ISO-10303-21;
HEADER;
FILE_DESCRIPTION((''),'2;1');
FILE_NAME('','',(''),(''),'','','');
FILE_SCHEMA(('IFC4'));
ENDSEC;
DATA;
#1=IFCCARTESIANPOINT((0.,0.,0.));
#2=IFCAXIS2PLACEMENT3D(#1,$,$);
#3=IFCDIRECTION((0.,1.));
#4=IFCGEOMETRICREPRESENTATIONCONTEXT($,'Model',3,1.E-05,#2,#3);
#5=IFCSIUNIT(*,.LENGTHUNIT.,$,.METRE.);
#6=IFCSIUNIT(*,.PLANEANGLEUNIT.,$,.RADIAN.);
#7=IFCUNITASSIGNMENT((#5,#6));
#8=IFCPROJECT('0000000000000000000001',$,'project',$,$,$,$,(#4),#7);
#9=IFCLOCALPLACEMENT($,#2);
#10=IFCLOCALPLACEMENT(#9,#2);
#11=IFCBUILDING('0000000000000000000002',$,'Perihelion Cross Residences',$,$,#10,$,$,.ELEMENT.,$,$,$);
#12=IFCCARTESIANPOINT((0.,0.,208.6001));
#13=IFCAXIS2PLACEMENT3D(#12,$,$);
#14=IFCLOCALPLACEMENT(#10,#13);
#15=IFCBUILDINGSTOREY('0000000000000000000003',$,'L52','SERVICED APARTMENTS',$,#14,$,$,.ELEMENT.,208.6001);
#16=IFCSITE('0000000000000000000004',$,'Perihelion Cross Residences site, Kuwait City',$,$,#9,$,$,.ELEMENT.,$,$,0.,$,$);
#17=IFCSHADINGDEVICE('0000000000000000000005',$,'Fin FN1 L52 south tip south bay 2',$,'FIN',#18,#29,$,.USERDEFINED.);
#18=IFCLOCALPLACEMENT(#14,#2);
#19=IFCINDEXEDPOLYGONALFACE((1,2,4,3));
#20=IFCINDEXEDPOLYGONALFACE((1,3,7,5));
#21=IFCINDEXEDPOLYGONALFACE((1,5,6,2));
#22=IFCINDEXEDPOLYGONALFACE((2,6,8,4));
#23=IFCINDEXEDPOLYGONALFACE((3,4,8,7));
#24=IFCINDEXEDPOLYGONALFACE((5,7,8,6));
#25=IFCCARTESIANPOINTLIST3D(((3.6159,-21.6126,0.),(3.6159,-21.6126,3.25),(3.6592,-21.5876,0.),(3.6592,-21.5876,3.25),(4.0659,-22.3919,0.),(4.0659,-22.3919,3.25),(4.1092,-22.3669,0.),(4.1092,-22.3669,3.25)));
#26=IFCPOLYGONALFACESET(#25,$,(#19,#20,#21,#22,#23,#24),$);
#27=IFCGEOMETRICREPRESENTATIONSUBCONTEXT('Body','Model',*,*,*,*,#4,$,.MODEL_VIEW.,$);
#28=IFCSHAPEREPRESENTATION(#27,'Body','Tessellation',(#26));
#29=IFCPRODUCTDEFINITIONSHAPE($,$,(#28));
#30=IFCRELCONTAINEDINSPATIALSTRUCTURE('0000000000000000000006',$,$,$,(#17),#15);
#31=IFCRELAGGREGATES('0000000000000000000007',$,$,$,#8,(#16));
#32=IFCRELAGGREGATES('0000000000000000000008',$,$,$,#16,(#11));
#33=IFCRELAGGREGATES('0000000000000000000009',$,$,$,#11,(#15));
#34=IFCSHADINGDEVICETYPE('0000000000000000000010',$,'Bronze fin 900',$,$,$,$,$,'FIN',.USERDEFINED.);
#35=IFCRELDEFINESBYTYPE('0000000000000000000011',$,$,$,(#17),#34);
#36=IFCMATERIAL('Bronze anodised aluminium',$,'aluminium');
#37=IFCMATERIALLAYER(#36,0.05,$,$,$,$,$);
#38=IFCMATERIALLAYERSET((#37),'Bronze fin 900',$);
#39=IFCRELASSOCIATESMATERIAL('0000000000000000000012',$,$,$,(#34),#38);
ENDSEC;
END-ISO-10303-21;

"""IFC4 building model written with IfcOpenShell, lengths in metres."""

from ifc_helpers import new_model, si_unit, direction, frame, origin, origin_2d, place, context, subcontext, project, spatial, rectangle, extrude, material, layer, layer_set, type_object, element, save


model = new_model("IFC4")

# Units and contexts
model_context = context("Model", 3, precision=1e-05, world=origin(), true_north=direction((0.0, 1.0)))
body_context = subcontext(model_context, "Body", "Model", "MODEL_VIEW")
ifc_project = project(units=[si_unit("LENGTHUNIT", "METRE"), si_unit("PLANEANGLEUNIT", "RADIAN")], contexts=[model_context])

# Site, building, storey
site_placement = place(None, origin())
site = spatial("IfcSite", under=ifc_project, at=site_placement, Name="Perihelion Cross Residences site, Kuwait City", CompositionType="ELEMENT", RefElevation=0.0)
building_placement = place(site_placement, origin())
building = spatial("IfcBuilding", under=site, at=building_placement, Name="Perihelion Cross Residences", CompositionType="ELEMENT")
storey_placement = place(building_placement, frame((0.0, 0.0, 208.6001)))
storey = spatial("IfcBuildingStorey", under=building, at=storey_placement, Name="L52", Description="SERVICED APARTMENTS", CompositionType="ELEMENT", Elevation=208.6001)

# Shading device
ifc_material_1 = material(Name="Bronze anodised aluminium", Category="aluminium")
ifc_layer_1 = layer(ifc_material_1, 0.05)
ifc_layer_set_1 = layer_set([ifc_layer_1], Name="Bronze fin 900")
shading_device_type = type_object("IfcShadingDeviceType", Name="Bronze fin 900", ElementType="FIN", PredefinedType="USERDEFINED", material=ifc_layer_set_1)
shading_device_placement = place(storey_placement, frame((3.8625, -21.9897, 0.0), z_axis=(0.0, 0.0, 1.0), x_axis=(0.5, -0.866025, 0.0)))
element("IfcShadingDevice", 1, at=shading_device_placement, inside=storey, type_object=shading_device_type, Name="Fin FN1 L52 south tip south bay 2", ObjectType="FIN", PredefinedType="USERDEFINED", context=body_context, shape_type="SweptSolid", body=[
    extrude(rectangle(XDim=0.8999, YDim=0.05, at=origin_2d()), origin(), (0.0, 0.0, 1.0), 3.25),
])

save(model, "model.ifc")
